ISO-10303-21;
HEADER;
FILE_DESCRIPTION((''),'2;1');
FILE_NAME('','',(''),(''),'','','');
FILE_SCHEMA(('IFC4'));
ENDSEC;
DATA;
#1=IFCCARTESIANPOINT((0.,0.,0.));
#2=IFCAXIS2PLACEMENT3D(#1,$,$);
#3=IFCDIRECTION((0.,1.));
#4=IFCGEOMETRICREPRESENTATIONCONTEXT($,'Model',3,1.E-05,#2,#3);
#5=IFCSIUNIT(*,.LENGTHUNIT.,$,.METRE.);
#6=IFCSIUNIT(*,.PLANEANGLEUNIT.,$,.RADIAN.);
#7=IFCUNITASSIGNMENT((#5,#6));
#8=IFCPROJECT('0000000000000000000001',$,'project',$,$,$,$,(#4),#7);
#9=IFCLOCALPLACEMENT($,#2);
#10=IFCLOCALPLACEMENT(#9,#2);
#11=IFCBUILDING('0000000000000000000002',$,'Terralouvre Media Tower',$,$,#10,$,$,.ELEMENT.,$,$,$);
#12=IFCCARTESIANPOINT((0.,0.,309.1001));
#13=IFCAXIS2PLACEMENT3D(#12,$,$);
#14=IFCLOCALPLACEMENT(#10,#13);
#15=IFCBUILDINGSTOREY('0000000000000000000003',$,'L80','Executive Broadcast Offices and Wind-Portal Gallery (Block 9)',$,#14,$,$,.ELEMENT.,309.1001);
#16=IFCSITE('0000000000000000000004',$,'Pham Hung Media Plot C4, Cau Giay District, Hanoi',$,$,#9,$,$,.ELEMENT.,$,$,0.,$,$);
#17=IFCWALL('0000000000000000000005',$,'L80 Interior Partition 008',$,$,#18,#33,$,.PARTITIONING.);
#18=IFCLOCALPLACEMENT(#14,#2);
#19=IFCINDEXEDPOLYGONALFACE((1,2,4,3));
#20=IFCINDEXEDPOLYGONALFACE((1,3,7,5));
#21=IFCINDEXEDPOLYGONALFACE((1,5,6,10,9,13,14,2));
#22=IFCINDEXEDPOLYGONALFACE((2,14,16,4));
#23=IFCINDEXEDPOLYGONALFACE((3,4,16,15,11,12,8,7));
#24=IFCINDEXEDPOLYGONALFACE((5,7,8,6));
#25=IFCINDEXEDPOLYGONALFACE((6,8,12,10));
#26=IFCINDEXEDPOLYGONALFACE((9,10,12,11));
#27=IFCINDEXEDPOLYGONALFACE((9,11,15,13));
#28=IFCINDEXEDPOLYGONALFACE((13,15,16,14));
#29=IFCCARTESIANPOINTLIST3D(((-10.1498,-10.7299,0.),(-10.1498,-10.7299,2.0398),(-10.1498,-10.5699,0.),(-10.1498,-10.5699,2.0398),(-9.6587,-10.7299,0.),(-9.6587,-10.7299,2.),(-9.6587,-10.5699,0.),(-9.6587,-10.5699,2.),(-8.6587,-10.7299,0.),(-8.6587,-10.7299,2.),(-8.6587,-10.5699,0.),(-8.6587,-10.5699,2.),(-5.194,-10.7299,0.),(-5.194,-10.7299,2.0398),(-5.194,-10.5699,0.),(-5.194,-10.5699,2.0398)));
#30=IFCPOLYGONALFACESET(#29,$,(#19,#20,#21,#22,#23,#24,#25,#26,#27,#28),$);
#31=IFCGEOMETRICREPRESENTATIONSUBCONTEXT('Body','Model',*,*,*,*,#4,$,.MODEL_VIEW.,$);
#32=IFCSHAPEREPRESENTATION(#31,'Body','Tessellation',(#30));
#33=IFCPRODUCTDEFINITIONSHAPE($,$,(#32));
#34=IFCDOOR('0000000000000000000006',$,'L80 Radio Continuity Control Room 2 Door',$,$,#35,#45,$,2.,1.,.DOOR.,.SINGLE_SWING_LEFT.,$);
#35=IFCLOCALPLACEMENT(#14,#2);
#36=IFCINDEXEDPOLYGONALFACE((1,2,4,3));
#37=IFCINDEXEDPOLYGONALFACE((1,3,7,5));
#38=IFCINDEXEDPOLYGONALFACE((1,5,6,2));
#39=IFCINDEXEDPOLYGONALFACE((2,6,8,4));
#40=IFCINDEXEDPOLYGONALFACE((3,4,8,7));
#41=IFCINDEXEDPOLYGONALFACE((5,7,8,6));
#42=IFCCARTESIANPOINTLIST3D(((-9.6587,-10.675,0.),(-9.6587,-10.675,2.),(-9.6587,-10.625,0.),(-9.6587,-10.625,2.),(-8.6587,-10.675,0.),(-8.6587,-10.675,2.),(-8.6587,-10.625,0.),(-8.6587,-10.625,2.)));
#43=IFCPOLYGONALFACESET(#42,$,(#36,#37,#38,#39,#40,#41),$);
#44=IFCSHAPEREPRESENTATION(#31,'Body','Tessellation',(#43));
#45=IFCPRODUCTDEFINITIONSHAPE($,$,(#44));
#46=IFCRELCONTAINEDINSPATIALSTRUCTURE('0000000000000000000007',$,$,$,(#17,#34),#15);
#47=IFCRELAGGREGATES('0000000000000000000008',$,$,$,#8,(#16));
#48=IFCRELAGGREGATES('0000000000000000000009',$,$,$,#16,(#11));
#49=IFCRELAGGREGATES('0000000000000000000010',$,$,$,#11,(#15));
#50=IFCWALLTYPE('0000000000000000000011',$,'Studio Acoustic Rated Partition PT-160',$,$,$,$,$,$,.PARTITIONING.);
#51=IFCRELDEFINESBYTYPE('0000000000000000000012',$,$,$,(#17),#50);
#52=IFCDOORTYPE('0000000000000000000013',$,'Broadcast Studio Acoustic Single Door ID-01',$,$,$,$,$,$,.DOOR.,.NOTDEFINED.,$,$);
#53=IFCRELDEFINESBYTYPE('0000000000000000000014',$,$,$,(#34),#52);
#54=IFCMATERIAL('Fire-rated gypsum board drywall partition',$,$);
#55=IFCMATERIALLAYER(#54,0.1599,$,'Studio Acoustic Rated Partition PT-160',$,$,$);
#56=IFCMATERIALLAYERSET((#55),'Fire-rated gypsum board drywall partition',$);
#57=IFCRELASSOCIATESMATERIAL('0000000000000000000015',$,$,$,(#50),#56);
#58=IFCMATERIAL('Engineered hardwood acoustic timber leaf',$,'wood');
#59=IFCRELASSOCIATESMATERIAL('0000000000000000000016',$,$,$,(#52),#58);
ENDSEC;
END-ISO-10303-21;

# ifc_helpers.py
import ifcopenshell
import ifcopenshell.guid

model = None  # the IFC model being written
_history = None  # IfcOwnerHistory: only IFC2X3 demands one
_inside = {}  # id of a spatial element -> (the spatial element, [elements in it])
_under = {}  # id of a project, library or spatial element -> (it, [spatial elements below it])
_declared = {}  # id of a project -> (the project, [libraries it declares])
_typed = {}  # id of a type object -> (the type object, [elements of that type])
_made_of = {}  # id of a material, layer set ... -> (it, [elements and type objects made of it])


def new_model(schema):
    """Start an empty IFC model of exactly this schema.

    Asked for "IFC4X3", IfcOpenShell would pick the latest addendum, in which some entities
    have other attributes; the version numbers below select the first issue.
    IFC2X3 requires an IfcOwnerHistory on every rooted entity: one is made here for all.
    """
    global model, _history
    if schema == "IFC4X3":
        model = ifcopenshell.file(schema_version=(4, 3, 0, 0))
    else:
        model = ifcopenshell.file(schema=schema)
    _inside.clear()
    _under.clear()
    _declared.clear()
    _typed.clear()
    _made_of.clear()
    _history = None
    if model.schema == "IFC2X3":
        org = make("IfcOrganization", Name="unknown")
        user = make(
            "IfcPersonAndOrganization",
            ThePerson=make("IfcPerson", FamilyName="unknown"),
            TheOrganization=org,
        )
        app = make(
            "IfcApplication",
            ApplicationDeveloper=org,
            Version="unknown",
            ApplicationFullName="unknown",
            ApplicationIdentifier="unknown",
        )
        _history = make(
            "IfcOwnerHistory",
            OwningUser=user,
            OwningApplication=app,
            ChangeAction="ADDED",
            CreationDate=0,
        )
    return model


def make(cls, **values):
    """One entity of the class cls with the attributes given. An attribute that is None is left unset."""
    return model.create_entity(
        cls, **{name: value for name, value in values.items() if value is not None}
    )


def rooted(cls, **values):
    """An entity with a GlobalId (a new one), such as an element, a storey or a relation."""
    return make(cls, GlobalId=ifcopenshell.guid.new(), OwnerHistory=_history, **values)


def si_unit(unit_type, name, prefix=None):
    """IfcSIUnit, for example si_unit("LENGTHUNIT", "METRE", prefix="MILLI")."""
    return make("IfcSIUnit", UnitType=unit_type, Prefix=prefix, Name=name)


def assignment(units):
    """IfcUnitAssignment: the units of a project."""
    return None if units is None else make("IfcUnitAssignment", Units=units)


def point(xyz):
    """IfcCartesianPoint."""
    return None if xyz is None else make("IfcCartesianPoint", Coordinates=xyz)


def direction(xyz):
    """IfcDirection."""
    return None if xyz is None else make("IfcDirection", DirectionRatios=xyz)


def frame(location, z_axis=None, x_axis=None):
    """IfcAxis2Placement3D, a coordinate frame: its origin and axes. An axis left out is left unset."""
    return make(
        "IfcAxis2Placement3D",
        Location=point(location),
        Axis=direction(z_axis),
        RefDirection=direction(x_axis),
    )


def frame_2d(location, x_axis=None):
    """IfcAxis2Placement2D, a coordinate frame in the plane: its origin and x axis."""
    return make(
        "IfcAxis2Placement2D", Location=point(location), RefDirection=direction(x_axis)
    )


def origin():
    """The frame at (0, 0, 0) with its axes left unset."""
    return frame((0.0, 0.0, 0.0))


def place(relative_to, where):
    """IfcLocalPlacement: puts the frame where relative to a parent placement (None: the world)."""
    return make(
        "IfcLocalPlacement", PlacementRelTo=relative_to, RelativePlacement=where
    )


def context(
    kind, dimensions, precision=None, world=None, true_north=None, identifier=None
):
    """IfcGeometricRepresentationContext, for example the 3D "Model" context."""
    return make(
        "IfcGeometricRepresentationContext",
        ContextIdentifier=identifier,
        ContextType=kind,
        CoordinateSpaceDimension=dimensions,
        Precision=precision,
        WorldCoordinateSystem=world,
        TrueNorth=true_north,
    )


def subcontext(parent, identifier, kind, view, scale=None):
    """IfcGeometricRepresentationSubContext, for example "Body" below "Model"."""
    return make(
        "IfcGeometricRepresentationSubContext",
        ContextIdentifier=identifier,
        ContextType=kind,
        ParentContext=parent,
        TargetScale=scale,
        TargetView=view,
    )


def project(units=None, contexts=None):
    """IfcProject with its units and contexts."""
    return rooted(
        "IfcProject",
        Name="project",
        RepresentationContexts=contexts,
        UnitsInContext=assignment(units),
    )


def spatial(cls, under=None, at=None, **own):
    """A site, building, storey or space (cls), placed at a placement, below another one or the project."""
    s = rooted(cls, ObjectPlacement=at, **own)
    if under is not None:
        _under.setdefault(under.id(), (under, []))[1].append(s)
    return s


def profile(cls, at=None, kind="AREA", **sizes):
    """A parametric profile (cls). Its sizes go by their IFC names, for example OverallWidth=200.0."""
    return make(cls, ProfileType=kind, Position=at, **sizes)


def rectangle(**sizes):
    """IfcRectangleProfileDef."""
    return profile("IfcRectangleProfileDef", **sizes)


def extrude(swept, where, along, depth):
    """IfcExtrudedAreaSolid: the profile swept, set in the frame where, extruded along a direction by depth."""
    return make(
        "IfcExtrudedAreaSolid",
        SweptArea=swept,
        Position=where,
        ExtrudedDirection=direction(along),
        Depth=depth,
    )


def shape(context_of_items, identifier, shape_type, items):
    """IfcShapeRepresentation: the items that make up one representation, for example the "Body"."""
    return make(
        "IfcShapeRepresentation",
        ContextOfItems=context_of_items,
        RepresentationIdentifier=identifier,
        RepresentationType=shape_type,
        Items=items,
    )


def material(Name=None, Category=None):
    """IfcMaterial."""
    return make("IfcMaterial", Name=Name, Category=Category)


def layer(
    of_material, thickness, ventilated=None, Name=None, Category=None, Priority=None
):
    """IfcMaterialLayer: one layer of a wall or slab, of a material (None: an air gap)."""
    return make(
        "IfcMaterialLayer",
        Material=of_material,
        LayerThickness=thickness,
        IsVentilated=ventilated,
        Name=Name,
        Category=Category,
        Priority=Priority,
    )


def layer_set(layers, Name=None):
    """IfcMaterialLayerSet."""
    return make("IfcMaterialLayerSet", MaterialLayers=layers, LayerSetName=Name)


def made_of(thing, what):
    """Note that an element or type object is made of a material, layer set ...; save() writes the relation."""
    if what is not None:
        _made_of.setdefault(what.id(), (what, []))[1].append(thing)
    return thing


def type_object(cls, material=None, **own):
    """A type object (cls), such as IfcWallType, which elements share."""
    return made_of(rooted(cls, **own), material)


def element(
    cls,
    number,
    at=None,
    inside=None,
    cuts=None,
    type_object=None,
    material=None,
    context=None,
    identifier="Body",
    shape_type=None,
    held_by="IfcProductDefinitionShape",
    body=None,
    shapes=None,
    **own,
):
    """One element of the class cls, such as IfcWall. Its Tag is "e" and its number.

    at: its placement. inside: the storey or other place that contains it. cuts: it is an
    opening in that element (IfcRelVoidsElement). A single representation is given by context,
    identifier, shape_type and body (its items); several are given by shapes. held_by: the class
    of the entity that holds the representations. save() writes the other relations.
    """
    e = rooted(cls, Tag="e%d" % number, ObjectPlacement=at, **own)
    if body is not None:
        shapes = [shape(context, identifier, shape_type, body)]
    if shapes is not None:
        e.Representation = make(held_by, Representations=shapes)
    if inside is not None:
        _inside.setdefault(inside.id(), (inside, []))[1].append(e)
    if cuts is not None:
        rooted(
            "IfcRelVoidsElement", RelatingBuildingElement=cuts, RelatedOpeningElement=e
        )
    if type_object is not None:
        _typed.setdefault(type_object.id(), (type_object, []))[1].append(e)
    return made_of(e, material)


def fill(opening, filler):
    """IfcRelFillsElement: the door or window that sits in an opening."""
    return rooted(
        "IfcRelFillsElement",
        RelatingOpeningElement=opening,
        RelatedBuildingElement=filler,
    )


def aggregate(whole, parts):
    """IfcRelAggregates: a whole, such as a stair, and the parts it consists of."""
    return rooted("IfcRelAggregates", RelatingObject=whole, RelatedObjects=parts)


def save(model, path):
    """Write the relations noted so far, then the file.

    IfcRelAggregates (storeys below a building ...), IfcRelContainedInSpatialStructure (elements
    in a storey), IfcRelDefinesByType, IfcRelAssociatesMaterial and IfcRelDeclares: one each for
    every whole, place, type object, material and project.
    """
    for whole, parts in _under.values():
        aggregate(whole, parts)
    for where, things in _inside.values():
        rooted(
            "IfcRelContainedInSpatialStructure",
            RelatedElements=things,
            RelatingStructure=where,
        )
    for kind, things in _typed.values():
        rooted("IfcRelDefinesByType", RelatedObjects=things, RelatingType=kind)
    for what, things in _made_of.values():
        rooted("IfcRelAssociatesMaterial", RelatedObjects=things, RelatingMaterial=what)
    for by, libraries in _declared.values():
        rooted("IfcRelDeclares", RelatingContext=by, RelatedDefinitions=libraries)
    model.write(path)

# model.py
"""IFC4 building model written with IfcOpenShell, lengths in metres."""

from ifc_helpers import new_model, si_unit, direction, frame, frame_2d, origin, place, context, subcontext, project, spatial, rectangle, extrude, material, layer, layer_set, type_object, element, fill, save


model = new_model("IFC4")

# Units and contexts
model_context = context("Model", 3, precision=1e-05, world=origin(), true_north=direction((0.0, 1.0)))
body_context = subcontext(model_context, "Body", "Model", "MODEL_VIEW")
ifc_project = project(units=[si_unit("LENGTHUNIT", "METRE"), si_unit("PLANEANGLEUNIT", "RADIAN")], contexts=[model_context])

# Site, building, storey
site_placement = place(None, origin())
site = spatial("IfcSite", under=ifc_project, at=site_placement, Name="Pham Hung Media Plot C4, Cau Giay District, Hanoi", CompositionType="ELEMENT", RefElevation=0.0)
building_placement = place(site_placement, origin())
building = spatial("IfcBuilding", under=site, at=building_placement, Name="Terralouvre Media Tower", CompositionType="ELEMENT")
storey_placement = place(building_placement, frame((0.0, 0.0, 309.1001)))
storey = spatial("IfcBuildingStorey", under=building, at=storey_placement, Name="L80", Description="Executive Broadcast Offices and Wind-Portal Gallery (Block 9)", CompositionType="ELEMENT", Elevation=309.1001)

# Shared definitions
ifc_material_1 = material(Name="Fire-rated gypsum board drywall partition")
ifc_layer_1 = layer(ifc_material_1, 0.1599, Name="Studio Acoustic Rated Partition PT-160")
ifc_layer_set_1 = layer_set([ifc_layer_1], Name="Fire-rated gypsum board drywall partition")
wall_type_1 = type_object("IfcWallType", Name="Studio Acoustic Rated Partition PT-160", PredefinedType="PARTITIONING", material=ifc_layer_set_1)

# Wall, opening, door
wall_1_placement = place(storey_placement, frame((-10.1499, -10.6499, 0.0), z_axis=(0.0, 0.0, 1.0), x_axis=(1.0, 0.0, 0.0)))
wall_1 = element("IfcWall", 1, at=wall_1_placement, inside=storey, type_object=wall_type_1, Name="L80 Interior Partition 008", PredefinedType="PARTITIONING", context=body_context, shape_type="SweptSolid", body=[
    extrude(rectangle(XDim=4.9558, YDim=0.1599, at=frame_2d((2.478, 0.0))), origin(), (0.0, 0.0, 1.0), 2.0398),
])
opening_1_placement = place(wall_1_placement, frame((0.4912, 0.0, 0.0)))
opening_1 = element("IfcOpeningElement", 2, at=opening_1_placement, cuts=wall_1, PredefinedType="OPENING", context=body_context, shape_type="SweptSolid", body=[
    extrude(rectangle(XDim=1.0, YDim=2.0, at=frame_2d((0.5, 1.0))), frame((0.0, 0.0898, 0.0), z_axis=(0.0, -1.0, 0.0), x_axis=(1.0, 0.0, 0.0)), (0.0, 0.0, 1.0), 0.1799),
])
ifc_material_2 = material(Name="Engineered hardwood acoustic timber leaf", Category="wood")
door_type_1 = type_object("IfcDoorType", Name="Broadcast Studio Acoustic Single Door ID-01", OperationType="NOTDEFINED", PredefinedType="DOOR", material=ifc_material_2)
door_1_placement = place(opening_1_placement, origin())
door_1 = element("IfcDoor", 3, at=door_1_placement, inside=storey, type_object=door_type_1, Name="L80 Radio Continuity Control Room 2 Door", OperationType="SINGLE_SWING_LEFT", OverallHeight=2.0, OverallWidth=1.0, PredefinedType="DOOR", context=body_context, shape_type="SweptSolid", body=[
    extrude(rectangle(XDim=1.0, YDim=2.0, at=frame_2d((0.5, 1.0))), frame((0.0, 0.0249, 0.0), z_axis=(0.0, -1.0, 0.0), x_axis=(1.0, 0.0, 0.0)), (0.0, 0.0, 1.0), 0.05),
])
fill(opening_1, door_1)

save(model, "model.ifc")
